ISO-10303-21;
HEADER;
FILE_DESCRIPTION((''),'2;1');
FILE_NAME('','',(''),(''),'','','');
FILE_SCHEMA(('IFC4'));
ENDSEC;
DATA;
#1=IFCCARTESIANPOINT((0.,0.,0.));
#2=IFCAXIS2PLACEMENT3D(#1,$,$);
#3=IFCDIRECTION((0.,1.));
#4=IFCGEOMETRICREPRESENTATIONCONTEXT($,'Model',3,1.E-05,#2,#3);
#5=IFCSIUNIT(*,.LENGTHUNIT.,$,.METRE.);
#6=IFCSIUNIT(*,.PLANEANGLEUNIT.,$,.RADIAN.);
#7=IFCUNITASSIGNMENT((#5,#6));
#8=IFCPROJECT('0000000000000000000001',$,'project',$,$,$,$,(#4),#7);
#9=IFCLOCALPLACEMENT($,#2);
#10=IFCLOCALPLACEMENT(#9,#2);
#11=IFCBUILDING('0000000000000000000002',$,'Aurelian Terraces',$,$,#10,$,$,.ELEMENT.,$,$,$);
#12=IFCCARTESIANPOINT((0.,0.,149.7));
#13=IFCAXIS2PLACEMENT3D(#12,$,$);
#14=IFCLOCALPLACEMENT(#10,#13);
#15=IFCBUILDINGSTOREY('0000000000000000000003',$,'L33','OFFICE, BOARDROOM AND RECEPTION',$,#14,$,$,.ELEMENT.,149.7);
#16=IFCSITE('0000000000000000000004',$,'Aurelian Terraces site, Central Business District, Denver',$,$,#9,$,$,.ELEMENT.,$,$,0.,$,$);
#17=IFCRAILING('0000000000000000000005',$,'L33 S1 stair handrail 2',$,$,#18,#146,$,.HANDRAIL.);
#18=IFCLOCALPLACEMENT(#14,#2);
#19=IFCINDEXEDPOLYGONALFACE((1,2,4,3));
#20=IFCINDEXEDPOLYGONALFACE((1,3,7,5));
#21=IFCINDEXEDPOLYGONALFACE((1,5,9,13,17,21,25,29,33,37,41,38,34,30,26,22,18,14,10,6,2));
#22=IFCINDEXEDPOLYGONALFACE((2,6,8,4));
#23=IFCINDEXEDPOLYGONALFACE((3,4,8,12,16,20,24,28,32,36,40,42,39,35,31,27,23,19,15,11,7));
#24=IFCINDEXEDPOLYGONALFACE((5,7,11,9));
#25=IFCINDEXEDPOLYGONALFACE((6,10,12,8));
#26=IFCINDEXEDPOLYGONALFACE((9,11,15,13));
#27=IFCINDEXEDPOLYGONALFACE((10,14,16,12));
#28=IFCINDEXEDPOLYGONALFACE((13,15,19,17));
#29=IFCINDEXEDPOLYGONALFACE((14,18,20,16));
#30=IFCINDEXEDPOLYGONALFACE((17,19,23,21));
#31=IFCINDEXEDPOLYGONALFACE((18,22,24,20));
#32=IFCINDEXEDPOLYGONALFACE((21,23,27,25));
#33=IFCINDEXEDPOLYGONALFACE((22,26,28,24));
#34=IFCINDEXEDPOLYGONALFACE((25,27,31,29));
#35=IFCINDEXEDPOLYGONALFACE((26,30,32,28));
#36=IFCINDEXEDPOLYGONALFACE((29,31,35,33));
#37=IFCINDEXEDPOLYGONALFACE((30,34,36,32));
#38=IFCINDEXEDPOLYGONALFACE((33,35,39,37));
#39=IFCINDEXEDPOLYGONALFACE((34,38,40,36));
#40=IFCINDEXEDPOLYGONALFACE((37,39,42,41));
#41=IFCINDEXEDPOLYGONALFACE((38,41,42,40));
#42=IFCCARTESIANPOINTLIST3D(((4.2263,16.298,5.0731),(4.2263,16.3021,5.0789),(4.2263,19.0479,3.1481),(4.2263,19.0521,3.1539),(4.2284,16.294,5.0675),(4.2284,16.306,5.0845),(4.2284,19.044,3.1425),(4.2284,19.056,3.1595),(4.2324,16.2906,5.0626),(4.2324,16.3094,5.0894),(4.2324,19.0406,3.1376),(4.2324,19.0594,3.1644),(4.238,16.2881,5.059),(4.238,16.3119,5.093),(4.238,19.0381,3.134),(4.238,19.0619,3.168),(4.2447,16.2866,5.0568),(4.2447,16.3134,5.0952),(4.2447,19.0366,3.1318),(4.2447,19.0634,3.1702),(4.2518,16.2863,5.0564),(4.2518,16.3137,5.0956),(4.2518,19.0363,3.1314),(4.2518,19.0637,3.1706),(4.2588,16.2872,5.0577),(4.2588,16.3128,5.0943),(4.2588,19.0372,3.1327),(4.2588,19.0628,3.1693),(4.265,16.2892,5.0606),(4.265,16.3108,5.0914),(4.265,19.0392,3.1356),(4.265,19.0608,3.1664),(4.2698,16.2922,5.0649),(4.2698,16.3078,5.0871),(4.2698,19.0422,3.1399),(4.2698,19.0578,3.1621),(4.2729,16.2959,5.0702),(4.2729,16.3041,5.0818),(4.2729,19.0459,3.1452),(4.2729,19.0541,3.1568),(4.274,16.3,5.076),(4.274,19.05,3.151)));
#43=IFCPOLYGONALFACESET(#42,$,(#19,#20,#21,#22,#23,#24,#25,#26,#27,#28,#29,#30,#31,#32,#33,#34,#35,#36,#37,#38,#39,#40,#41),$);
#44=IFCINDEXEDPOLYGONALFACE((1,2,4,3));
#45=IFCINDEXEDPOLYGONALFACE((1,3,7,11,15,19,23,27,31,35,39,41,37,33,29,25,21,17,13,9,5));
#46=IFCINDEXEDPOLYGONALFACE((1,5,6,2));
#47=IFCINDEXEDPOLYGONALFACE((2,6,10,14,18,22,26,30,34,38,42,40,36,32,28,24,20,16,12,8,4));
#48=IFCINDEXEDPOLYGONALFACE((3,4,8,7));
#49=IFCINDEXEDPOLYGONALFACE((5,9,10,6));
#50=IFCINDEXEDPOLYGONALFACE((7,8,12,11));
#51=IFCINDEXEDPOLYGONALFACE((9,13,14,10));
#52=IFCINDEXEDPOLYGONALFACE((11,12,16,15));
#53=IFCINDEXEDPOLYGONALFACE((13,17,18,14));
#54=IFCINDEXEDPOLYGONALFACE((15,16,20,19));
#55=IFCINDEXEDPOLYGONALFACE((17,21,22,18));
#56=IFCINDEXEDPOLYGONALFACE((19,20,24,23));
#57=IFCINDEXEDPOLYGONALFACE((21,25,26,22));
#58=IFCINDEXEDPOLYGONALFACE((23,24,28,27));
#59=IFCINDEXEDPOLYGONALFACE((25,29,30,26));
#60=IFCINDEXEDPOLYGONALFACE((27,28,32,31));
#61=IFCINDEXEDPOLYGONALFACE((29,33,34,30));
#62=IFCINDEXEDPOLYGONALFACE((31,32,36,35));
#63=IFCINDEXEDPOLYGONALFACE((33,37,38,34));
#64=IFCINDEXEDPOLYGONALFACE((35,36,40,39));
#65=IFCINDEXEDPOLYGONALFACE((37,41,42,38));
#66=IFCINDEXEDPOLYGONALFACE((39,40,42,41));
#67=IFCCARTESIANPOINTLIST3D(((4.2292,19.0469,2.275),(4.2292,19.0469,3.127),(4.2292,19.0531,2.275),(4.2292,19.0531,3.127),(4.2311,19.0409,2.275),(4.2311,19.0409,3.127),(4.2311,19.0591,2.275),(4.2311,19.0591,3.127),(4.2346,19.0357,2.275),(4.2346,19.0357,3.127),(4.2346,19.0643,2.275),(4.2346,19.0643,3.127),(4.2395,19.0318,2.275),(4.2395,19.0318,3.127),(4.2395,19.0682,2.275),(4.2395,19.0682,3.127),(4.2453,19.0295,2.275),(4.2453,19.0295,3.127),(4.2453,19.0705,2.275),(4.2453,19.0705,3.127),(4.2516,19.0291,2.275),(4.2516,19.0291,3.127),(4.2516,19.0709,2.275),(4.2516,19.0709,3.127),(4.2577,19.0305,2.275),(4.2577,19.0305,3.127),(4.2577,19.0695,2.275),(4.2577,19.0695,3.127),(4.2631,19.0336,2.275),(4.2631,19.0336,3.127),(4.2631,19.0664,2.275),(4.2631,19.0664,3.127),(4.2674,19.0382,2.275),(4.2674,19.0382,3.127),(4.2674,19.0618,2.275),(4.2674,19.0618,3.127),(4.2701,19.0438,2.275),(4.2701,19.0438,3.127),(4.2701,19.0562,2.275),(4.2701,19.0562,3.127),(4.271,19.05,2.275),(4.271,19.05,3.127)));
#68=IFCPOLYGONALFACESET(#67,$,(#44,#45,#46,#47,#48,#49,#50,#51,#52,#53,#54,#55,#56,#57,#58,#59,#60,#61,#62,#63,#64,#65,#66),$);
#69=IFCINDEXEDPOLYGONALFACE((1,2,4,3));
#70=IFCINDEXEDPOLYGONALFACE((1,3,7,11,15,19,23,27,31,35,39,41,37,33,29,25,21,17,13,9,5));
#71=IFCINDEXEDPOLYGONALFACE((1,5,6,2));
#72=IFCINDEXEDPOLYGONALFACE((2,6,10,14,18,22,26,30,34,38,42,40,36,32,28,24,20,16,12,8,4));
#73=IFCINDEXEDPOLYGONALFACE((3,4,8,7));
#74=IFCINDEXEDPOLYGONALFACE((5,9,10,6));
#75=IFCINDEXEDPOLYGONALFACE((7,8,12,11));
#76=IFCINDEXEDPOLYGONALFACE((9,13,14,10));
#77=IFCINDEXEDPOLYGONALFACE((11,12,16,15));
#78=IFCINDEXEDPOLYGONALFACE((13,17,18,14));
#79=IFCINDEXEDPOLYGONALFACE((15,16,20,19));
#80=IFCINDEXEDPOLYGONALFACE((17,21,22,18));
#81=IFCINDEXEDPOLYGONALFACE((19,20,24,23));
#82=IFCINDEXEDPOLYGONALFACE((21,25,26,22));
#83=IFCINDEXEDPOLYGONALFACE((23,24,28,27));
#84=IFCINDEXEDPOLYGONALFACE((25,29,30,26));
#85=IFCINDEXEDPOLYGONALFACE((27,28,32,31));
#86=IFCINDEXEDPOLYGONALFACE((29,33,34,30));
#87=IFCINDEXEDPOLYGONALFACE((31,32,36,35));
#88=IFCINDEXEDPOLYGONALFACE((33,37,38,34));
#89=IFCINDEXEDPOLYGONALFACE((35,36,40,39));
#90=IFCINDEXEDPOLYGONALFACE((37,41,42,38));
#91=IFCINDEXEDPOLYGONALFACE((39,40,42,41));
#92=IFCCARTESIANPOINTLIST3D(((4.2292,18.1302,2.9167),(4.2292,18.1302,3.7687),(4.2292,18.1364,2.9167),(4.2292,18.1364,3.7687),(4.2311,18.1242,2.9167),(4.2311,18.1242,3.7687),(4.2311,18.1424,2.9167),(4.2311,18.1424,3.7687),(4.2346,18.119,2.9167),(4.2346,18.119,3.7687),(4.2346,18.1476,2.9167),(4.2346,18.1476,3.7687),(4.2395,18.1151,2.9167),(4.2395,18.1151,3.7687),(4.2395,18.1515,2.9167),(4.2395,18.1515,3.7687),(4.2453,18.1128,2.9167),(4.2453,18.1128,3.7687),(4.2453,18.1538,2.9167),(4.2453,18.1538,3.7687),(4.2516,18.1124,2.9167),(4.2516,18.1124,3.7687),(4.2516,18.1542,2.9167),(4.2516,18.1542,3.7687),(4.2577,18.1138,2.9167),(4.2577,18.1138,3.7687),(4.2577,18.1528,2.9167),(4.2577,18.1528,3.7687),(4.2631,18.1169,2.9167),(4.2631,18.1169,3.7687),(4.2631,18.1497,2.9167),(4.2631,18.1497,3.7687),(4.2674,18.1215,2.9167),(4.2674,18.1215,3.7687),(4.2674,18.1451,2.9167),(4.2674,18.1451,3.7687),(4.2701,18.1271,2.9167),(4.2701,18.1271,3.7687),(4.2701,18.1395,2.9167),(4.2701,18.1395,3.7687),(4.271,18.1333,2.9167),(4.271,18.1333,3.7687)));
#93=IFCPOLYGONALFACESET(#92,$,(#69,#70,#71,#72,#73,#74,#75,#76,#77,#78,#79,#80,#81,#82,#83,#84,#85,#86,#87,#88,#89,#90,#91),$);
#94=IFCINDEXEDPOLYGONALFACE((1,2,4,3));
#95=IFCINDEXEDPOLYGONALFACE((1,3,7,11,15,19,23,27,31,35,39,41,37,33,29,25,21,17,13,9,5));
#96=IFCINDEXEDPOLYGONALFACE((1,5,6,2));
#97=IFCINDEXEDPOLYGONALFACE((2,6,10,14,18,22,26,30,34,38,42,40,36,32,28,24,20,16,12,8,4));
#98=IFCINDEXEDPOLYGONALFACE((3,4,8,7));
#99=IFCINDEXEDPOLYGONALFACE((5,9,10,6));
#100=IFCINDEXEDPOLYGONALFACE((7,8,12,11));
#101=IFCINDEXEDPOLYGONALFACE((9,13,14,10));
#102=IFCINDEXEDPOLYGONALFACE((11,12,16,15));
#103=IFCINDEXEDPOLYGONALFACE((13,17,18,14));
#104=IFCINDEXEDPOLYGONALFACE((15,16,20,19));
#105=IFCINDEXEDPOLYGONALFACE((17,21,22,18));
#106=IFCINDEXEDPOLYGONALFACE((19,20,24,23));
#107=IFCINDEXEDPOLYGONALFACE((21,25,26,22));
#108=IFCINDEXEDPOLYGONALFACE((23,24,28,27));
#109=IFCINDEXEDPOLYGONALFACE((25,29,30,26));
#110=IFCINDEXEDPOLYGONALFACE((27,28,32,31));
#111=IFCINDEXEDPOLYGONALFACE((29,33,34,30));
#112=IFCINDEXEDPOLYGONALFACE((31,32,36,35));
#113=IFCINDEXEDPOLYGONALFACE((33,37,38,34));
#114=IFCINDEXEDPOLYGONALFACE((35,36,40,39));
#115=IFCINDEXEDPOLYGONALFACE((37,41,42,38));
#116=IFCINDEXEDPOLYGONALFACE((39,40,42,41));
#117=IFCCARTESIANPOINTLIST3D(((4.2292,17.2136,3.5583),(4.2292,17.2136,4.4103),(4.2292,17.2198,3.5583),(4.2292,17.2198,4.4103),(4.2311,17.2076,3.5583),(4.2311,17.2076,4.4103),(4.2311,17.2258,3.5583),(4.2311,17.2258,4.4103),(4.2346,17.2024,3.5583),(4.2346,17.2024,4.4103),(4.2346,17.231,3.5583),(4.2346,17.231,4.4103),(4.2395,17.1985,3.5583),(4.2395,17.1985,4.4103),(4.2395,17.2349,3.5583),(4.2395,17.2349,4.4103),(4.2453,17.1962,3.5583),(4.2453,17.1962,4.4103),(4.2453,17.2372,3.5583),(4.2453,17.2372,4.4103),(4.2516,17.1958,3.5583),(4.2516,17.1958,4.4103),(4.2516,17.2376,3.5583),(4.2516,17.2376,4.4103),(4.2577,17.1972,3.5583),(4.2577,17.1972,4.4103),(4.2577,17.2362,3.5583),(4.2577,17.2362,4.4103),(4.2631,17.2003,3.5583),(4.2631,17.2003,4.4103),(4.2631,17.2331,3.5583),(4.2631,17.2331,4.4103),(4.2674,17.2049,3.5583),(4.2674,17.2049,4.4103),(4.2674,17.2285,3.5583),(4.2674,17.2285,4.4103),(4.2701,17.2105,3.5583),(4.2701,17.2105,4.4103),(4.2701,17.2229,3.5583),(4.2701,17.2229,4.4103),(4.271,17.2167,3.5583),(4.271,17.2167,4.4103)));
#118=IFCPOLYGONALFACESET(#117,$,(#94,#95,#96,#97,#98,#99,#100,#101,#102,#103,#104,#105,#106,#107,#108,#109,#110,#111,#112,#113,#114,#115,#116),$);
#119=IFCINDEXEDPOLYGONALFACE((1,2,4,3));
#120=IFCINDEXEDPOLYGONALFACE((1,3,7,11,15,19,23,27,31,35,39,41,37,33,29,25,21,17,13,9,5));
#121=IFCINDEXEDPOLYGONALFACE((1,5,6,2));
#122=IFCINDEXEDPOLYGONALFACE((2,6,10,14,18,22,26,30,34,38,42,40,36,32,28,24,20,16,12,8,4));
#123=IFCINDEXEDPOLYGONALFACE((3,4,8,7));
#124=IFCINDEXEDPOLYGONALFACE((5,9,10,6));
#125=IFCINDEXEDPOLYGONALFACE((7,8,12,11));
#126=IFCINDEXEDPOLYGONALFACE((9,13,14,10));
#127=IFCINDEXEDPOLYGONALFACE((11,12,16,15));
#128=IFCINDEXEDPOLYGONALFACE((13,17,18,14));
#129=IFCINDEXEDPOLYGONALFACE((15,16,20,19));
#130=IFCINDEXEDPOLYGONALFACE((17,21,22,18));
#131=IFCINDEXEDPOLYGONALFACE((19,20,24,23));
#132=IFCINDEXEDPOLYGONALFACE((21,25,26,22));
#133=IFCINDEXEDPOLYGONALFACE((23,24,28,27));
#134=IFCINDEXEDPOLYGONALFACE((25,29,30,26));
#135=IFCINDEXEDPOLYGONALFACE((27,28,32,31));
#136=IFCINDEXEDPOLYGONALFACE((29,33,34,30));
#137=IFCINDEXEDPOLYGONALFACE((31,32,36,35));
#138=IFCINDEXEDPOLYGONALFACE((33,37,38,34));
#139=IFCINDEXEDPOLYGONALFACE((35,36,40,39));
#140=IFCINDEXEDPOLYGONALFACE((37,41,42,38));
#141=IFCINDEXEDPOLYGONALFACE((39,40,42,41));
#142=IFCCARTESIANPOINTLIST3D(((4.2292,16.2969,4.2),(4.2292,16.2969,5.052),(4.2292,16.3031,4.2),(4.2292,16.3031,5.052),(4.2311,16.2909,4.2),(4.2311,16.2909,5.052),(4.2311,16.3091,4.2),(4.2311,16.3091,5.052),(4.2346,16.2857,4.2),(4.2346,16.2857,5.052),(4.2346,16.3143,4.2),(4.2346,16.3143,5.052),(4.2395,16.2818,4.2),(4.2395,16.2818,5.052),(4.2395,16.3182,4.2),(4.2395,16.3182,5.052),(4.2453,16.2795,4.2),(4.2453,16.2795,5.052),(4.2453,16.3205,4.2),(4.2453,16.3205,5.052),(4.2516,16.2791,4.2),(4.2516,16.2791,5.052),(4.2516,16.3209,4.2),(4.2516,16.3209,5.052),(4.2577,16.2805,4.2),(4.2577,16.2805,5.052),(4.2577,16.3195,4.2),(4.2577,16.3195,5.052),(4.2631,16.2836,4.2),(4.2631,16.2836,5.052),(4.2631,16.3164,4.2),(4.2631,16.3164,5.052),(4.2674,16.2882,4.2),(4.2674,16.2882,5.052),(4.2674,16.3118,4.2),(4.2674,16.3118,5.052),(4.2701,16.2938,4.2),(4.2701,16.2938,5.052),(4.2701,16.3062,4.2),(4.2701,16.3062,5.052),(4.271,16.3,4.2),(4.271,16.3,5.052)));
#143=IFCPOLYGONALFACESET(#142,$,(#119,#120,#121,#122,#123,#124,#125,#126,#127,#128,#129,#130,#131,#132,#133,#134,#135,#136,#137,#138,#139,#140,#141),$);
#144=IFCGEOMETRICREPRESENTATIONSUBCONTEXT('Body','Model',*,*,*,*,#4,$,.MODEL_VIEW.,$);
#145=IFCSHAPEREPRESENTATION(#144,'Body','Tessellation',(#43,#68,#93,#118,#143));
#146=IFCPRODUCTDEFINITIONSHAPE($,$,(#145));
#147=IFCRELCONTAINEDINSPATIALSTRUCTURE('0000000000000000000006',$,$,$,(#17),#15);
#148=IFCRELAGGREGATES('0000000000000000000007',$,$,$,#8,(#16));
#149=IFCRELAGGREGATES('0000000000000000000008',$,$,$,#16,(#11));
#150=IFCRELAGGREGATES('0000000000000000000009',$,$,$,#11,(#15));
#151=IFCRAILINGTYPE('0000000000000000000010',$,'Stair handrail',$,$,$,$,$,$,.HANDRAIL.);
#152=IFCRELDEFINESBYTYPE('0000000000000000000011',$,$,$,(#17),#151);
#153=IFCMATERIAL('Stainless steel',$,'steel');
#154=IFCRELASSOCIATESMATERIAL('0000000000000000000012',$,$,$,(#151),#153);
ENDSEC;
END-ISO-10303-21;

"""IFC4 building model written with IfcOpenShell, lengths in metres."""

from ifc_helpers import new_model, si_unit, direction, frame, origin, origin_2d, place, context, subcontext, project, spatial, circle, extrude, source, transform, mapped, material, type_object, element, save


model = new_model("IFC4")

# Units and contexts
model_context = context("Model", 3, precision=1e-05, world=origin(), true_north=direction((0.0, 1.0)))
body_context = subcontext(model_context, "Body", "Model", "MODEL_VIEW")
ifc_project = project(units=[si_unit("LENGTHUNIT", "METRE"), si_unit("PLANEANGLEUNIT", "RADIAN")], contexts=[model_context])

# Site, building, storey
site_placement = place(None, origin())
site = spatial("IfcSite", under=ifc_project, at=site_placement, Name="Aurelian Terraces site, Central Business District, Denver", CompositionType="ELEMENT", RefElevation=0.0)
building_placement = place(site_placement, origin())
building = spatial("IfcBuilding", under=site, at=building_placement, Name="Aurelian Terraces", CompositionType="ELEMENT")
storey_placement = place(building_placement, frame((0.0, 0.0, 149.7)))
storey = spatial("IfcBuildingStorey", under=building, at=storey_placement, Name="L33", Description="OFFICE, BOARDROOM AND RECEPTION", CompositionType="ELEMENT", Elevation=149.7)

# Railing
ifc_material_1 = material(Name="Stainless steel", Category="steel")
railing_type_1 = type_object("IfcRailingType", Name="Stair handrail", PredefinedType="HANDRAIL", material=ifc_material_1)
shared_shape_1 = source(origin(), body_context, "Body", "SweptSolid", [
    extrude(circle(Radius=0.024, at=origin_2d()), frame((0.0, 0.0, 0.876), z_axis=(0.0, -0.819232, 0.573462), x_axis=(1.0, 0.0, 0.0)), (0.0, 0.0, 1.0), 3.3568),
    extrude(circle(Radius=0.021, at=origin_2d()), origin(), (0.0, 0.0, 1.0), 0.852),
    extrude(circle(Radius=0.021, at=origin_2d()), frame((0.0, -0.9167, 0.6417)), (0.0, 0.0, 1.0), 0.852),
    extrude(circle(Radius=0.021, at=origin_2d()), frame((0.0, -1.8333, 1.2833)), (0.0, 0.0, 1.0), 0.852),
    extrude(circle(Radius=0.021, at=origin_2d()), frame((0.0, -2.75, 1.925)), (0.0, 0.0, 1.0), 0.852),
])
railing_1_placement = place(storey_placement, frame((4.25, 19.05, 2.275)))
element("IfcRailing", 1, at=railing_1_placement, inside=storey, type_object=railing_type_1, Name="L33 S1 stair handrail 2", PredefinedType="HANDRAIL", context=body_context, shape_type="MappedRepresentation", body=[
    mapped(shared_shape_1, transform((0.0, 0.0, 0.0), scale=1.0)),
])

save(model, "model.ifc")
